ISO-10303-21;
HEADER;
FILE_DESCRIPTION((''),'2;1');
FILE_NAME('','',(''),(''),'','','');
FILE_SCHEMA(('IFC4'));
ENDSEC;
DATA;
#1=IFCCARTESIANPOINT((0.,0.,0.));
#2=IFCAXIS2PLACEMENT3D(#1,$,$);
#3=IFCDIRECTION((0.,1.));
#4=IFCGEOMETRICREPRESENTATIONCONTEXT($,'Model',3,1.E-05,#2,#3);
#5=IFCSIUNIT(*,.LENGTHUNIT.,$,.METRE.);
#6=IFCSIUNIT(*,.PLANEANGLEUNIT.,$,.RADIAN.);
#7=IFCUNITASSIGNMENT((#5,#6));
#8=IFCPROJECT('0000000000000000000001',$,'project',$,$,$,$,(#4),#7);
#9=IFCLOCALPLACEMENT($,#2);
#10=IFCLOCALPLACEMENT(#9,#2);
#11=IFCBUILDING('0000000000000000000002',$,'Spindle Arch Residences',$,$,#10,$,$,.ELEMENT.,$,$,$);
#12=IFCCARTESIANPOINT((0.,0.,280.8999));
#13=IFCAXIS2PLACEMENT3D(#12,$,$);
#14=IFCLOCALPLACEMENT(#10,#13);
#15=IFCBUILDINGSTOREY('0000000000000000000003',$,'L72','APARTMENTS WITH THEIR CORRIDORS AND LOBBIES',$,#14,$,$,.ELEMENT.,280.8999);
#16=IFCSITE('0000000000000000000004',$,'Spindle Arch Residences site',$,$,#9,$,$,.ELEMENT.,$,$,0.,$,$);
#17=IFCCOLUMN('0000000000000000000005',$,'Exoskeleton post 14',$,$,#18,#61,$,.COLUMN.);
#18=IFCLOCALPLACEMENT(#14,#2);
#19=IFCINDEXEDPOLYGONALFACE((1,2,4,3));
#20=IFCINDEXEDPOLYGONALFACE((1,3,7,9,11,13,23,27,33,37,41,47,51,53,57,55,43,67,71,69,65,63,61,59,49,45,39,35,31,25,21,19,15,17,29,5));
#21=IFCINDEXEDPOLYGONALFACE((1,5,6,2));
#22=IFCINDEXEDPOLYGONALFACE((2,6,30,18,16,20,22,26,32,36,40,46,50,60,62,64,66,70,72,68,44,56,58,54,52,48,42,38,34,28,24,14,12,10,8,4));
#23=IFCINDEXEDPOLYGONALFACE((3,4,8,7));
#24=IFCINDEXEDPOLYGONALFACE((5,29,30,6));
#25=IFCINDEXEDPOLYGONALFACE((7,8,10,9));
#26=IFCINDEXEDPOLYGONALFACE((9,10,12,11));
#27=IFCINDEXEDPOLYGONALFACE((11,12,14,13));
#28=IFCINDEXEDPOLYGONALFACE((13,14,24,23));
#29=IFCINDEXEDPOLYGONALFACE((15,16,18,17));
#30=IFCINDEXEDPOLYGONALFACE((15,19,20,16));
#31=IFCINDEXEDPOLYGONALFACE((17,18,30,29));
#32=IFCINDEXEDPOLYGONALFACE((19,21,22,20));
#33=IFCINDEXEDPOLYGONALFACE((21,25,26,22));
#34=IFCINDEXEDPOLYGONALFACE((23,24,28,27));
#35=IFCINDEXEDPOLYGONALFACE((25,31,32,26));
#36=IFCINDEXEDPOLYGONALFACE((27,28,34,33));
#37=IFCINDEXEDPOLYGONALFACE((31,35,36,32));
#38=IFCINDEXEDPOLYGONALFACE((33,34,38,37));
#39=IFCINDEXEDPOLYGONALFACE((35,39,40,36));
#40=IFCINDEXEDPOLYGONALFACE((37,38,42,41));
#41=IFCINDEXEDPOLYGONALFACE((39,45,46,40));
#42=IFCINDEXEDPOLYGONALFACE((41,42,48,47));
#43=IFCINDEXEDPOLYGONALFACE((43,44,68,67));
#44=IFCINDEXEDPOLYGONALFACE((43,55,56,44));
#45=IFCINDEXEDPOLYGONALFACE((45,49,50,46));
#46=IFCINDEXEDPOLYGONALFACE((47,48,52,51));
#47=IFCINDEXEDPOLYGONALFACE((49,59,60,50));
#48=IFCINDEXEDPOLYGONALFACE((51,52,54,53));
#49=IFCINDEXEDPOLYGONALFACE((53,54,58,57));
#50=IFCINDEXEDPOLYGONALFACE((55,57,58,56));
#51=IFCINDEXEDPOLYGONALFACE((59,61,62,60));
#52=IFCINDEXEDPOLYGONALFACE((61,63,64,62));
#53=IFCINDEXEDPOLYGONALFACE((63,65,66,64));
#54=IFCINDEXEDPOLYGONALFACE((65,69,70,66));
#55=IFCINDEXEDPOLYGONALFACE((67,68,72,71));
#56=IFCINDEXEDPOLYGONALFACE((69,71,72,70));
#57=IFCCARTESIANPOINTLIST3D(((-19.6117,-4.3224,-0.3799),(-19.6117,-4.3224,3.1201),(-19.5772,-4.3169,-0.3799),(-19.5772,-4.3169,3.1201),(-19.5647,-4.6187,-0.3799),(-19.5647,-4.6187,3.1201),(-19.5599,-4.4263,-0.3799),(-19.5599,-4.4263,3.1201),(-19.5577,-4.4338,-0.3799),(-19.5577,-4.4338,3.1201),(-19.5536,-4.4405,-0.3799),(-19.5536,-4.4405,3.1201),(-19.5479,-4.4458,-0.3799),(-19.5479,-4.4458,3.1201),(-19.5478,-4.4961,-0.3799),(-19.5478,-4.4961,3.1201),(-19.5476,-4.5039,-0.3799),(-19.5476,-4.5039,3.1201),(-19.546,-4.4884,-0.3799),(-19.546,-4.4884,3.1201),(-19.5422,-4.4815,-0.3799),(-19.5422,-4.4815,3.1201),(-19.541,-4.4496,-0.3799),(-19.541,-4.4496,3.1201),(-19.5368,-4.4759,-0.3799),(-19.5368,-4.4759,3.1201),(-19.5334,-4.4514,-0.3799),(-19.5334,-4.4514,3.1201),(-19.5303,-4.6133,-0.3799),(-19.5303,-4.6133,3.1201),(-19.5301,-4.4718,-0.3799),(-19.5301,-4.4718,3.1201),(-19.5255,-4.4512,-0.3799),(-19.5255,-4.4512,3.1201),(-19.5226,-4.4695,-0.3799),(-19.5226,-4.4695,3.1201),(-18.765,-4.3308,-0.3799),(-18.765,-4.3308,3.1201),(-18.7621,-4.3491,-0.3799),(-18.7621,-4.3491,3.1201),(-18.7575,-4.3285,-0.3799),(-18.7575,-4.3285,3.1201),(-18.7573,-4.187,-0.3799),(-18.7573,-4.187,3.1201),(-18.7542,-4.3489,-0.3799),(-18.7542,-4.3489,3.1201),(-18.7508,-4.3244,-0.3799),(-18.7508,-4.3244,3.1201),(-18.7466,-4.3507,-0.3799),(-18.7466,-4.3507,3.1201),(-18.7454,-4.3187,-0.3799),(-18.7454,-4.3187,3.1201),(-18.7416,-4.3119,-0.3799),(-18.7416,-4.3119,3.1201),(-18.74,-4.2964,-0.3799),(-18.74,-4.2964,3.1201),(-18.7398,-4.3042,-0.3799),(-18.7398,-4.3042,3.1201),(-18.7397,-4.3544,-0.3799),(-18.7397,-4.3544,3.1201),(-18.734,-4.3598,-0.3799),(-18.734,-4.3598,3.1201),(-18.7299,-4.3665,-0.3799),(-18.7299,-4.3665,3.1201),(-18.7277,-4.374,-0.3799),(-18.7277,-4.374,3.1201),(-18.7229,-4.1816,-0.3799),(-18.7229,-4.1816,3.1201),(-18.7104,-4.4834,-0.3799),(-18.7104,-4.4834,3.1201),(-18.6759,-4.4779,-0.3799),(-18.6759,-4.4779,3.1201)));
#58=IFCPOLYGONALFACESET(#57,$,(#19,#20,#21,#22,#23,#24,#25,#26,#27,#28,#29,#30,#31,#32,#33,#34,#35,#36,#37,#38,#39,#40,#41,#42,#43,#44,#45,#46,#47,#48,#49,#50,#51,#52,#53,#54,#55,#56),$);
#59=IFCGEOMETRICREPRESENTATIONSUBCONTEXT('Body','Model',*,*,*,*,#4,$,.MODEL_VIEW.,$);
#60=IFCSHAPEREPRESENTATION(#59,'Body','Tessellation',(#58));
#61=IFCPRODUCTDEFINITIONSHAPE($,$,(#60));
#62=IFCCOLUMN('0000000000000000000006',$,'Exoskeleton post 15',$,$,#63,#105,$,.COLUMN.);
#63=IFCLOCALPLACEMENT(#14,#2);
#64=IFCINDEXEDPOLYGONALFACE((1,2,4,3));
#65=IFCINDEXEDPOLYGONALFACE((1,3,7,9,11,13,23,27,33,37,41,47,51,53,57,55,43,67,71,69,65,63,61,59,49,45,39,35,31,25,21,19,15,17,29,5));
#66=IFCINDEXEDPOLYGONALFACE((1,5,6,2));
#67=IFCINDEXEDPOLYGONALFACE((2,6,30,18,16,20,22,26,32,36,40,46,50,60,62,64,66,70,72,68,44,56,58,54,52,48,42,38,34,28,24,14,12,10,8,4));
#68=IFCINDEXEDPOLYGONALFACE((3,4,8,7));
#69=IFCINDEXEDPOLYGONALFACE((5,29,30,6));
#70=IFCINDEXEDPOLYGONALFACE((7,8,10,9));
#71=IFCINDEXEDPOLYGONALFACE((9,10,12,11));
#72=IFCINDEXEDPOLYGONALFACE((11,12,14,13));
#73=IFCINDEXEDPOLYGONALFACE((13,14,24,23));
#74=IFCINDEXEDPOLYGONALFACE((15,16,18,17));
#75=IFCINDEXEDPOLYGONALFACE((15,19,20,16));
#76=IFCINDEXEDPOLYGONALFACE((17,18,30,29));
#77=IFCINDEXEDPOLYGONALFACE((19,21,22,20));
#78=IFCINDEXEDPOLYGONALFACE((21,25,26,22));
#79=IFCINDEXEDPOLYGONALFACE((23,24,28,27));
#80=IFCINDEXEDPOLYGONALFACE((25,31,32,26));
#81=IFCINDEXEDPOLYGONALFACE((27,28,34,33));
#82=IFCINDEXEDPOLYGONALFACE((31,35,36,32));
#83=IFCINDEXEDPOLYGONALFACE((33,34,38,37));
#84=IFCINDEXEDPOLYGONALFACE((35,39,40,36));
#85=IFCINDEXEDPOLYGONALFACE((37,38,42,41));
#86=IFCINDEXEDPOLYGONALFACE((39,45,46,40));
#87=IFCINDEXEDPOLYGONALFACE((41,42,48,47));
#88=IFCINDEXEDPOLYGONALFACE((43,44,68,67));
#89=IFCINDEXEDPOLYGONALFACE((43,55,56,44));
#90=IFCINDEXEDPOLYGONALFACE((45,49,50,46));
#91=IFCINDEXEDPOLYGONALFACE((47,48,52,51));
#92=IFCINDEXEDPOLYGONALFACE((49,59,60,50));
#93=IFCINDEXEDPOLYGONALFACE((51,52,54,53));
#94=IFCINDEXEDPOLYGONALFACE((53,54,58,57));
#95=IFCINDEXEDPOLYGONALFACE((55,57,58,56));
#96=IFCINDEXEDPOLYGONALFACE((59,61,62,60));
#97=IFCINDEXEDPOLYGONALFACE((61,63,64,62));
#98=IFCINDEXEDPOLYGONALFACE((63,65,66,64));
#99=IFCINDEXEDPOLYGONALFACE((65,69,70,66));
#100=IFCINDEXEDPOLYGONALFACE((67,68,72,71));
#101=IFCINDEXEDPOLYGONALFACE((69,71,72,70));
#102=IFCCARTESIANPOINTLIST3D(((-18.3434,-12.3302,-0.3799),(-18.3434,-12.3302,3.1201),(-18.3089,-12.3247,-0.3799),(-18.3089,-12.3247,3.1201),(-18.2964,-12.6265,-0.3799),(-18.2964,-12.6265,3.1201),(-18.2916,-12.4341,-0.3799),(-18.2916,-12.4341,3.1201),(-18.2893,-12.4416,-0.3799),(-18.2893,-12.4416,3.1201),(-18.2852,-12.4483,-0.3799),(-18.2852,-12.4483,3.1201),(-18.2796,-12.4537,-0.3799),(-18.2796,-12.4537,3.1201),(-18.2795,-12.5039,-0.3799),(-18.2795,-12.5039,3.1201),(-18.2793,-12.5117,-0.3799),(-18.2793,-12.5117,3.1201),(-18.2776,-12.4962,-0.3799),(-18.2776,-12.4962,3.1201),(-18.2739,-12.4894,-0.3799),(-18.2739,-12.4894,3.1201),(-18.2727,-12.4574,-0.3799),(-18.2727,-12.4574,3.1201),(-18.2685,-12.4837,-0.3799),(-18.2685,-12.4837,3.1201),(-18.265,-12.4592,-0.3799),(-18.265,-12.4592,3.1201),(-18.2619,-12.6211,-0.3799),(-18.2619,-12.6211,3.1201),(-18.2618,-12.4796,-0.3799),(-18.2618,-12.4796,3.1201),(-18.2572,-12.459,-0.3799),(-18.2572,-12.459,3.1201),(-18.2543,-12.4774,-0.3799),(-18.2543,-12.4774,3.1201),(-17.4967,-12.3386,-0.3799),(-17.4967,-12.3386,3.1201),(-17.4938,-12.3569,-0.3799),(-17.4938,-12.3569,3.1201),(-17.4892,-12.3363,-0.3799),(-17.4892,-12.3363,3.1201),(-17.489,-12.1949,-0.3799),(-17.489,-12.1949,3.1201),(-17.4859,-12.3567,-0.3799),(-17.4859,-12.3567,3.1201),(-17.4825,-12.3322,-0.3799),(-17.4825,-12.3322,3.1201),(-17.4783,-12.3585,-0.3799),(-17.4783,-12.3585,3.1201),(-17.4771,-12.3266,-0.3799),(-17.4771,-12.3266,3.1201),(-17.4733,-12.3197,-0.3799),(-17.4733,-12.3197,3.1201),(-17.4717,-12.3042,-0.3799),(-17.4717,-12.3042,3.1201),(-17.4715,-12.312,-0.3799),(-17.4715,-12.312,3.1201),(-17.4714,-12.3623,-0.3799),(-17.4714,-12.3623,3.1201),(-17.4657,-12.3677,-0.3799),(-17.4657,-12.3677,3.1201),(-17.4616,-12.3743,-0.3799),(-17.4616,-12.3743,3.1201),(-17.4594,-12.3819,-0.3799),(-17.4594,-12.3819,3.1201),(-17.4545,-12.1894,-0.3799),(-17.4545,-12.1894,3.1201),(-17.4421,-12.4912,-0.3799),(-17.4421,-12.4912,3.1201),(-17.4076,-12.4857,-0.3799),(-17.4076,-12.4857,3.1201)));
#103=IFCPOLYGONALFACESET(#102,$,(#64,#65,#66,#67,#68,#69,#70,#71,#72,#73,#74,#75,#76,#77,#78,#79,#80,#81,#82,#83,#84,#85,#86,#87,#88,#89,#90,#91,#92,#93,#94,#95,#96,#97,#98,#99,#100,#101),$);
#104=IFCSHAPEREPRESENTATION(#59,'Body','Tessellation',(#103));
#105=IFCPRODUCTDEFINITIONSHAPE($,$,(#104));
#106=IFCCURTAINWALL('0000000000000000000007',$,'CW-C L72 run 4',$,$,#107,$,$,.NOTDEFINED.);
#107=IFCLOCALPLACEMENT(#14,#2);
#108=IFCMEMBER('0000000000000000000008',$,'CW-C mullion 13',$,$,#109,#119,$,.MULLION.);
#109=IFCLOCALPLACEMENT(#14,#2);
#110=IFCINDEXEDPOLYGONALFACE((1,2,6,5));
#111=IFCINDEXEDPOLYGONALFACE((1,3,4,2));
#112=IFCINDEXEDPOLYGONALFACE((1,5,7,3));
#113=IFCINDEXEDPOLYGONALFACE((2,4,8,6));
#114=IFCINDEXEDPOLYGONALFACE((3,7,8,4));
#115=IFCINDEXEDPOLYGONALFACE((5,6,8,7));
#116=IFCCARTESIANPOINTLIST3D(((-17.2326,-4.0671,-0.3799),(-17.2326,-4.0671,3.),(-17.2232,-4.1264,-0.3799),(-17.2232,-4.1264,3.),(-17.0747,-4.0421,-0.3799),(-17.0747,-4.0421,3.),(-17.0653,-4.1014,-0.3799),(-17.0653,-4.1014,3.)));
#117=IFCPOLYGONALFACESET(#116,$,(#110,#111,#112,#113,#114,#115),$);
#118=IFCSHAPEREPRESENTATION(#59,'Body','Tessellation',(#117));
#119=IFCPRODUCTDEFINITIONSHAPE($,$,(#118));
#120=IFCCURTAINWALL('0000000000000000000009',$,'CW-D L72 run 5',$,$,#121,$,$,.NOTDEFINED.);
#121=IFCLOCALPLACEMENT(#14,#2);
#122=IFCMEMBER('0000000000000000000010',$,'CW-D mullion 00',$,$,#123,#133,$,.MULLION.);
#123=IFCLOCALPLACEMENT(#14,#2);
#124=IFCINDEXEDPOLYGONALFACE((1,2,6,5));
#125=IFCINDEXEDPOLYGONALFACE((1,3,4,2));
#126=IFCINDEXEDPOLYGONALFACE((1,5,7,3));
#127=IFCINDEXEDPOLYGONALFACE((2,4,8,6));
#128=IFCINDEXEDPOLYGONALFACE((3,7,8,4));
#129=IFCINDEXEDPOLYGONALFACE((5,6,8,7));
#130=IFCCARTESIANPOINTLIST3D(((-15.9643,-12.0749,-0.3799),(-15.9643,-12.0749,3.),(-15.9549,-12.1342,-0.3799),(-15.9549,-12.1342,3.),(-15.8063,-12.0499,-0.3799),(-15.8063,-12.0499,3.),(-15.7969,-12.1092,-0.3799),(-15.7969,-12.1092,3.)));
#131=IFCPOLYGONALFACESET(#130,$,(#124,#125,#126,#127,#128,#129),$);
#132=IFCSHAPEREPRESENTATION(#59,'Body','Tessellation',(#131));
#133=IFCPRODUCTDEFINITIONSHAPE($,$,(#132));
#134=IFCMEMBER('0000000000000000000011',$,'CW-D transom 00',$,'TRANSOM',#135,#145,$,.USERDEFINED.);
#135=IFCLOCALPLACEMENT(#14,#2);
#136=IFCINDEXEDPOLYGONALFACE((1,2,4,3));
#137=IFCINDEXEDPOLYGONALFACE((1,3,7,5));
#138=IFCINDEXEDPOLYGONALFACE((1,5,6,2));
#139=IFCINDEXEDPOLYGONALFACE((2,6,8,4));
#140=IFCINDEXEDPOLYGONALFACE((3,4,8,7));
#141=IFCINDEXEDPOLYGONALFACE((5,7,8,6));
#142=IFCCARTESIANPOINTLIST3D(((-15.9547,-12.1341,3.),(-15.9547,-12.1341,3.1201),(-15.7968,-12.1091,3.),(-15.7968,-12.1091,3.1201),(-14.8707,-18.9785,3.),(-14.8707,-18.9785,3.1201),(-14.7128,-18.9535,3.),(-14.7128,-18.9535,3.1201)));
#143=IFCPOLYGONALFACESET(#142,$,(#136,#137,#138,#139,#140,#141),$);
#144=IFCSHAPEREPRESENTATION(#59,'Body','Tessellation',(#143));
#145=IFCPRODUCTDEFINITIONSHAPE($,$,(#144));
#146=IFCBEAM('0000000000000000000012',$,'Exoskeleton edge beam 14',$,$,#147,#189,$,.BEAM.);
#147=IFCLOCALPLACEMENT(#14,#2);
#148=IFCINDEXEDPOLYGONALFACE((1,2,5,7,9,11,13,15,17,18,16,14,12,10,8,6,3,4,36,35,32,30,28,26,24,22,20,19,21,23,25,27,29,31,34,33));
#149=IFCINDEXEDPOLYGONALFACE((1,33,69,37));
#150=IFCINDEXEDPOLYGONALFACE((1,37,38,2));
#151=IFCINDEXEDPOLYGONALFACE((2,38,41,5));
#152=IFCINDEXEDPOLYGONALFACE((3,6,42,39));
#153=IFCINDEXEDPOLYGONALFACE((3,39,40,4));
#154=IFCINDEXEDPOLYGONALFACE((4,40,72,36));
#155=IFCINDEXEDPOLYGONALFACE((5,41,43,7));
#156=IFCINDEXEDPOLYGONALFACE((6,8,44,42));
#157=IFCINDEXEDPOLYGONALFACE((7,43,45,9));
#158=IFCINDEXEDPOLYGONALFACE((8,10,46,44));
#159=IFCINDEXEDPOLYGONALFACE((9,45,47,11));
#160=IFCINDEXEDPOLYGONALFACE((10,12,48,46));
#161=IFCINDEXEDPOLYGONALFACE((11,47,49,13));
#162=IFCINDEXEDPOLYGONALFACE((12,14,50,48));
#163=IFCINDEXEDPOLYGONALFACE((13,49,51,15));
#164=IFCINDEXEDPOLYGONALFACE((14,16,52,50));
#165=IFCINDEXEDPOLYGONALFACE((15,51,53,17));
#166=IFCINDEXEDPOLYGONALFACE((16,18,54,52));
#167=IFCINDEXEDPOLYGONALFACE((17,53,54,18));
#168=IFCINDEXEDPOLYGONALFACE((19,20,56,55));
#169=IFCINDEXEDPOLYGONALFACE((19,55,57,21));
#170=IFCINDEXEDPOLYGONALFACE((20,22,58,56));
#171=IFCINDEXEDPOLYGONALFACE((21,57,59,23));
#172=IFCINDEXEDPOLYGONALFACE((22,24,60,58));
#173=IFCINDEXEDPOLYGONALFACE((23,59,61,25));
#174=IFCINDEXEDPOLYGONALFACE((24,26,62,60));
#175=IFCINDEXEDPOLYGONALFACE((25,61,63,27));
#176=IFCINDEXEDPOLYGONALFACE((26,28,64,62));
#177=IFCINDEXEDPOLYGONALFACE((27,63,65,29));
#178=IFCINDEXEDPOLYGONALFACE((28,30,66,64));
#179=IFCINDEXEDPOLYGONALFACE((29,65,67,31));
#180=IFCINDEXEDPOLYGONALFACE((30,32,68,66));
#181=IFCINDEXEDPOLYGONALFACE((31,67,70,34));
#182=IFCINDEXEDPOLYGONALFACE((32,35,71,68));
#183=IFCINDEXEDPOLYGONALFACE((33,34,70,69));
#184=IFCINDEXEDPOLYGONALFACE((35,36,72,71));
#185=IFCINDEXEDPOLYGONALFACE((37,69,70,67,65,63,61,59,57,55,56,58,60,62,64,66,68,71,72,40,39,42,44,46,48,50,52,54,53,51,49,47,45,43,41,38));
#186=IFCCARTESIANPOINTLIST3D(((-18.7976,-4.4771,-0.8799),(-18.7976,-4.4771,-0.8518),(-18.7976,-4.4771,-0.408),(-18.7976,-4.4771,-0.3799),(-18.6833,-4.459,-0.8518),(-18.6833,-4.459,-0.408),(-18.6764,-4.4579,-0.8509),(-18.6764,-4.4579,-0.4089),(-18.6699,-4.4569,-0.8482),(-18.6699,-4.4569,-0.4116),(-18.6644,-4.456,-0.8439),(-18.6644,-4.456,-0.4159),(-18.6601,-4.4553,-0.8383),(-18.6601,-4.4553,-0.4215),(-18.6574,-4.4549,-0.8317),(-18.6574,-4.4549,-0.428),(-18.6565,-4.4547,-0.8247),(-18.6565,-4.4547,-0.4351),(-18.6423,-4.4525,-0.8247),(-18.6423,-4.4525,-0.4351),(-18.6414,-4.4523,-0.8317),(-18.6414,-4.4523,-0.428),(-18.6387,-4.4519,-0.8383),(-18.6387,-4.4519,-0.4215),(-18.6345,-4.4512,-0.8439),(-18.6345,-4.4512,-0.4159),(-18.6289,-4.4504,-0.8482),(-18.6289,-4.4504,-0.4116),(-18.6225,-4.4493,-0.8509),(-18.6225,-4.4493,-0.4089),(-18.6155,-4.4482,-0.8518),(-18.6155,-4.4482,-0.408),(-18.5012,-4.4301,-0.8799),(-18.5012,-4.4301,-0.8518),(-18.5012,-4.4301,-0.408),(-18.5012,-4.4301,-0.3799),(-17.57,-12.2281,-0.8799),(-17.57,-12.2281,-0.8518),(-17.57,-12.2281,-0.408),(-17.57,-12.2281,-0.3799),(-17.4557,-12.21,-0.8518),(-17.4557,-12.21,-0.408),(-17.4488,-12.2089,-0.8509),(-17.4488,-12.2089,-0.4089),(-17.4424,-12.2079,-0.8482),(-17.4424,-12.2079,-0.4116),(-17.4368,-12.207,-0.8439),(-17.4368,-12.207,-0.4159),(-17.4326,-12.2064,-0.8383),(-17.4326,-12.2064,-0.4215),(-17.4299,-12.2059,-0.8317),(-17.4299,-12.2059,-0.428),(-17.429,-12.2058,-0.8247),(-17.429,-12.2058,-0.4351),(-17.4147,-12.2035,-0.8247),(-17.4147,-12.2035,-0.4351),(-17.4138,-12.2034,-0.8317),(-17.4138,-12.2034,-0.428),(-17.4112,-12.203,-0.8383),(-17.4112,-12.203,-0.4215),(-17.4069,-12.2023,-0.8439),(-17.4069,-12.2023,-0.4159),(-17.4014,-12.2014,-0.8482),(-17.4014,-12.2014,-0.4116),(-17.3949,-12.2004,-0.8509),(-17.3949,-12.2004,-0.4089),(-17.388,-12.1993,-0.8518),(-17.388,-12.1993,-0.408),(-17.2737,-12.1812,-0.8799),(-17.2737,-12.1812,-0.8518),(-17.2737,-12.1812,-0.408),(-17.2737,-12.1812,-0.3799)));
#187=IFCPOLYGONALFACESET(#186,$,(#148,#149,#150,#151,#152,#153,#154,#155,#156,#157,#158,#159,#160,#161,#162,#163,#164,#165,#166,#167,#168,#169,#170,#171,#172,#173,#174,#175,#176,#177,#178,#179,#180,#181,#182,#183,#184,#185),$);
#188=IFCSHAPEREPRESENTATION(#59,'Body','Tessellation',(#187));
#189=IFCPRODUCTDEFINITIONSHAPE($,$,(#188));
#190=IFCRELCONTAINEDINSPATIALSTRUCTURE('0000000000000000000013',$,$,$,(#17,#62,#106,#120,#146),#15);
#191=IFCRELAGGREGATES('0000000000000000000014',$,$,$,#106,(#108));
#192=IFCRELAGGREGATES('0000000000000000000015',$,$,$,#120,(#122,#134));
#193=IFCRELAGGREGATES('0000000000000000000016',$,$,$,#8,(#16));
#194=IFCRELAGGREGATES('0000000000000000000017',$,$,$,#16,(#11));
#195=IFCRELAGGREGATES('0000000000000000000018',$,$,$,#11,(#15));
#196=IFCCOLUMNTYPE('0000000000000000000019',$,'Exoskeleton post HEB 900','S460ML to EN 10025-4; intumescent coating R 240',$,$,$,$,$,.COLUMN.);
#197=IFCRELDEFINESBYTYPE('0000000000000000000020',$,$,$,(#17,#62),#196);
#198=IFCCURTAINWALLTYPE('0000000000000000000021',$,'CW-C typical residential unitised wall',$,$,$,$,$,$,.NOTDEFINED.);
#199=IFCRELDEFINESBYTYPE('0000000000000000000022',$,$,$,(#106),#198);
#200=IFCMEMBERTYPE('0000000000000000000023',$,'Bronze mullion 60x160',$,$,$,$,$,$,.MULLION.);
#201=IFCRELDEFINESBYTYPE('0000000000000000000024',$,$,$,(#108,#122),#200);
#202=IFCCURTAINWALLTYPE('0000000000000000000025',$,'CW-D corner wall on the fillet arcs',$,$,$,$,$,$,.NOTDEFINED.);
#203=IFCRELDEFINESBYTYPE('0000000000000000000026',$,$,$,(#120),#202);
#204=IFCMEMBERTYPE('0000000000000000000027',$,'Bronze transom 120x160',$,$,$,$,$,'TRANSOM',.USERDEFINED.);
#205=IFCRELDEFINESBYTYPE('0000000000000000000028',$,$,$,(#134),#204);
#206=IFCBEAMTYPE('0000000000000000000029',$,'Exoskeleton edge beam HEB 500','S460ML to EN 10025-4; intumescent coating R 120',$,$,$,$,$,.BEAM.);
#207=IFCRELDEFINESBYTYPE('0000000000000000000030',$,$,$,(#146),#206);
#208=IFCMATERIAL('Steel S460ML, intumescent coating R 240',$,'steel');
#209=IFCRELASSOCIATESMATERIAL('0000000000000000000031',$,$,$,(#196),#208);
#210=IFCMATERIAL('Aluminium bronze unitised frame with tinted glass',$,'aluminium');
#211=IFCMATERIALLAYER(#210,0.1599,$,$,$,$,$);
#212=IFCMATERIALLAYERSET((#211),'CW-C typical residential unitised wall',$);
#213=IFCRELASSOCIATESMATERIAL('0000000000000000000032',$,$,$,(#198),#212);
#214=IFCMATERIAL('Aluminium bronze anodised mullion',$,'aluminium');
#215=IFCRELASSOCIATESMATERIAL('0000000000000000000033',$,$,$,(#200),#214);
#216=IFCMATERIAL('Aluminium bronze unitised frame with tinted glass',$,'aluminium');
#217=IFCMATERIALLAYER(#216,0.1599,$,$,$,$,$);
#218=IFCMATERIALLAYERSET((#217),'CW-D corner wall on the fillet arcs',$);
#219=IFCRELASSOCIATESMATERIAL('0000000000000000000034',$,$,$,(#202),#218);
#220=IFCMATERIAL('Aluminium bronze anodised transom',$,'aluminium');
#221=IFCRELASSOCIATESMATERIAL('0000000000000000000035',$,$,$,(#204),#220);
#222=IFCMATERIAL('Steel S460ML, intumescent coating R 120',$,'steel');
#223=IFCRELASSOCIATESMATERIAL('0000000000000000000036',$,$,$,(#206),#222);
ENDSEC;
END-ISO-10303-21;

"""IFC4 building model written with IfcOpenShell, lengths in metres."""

from ifc_helpers import new_model, si_unit, direction, frame, origin, origin_2d, place, context, subcontext, project, spatial, rectangle, i_section, extrude, material, layer, layer_set, material_profile, profile_set, type_object, element, aggregate, save


model = new_model("IFC4")

# Units and contexts
model_context = context("Model", 3, precision=1e-05, world=origin(), true_north=direction((0.0, 1.0)))
body_context = subcontext(model_context, "Body", "Model", "MODEL_VIEW")
ifc_project = project(units=[si_unit("LENGTHUNIT", "METRE"), si_unit("PLANEANGLEUNIT", "RADIAN")], contexts=[model_context])

# Site, building, storey
site_placement = place(None, origin())
site = spatial("IfcSite", under=ifc_project, at=site_placement, Name="Spindle Arch Residences site", CompositionType="ELEMENT", RefElevation=0.0)
building_placement = place(site_placement, origin())
building = spatial("IfcBuilding", under=site, at=building_placement, Name="Spindle Arch Residences", CompositionType="ELEMENT")
storey_placement = place(building_placement, frame((0.0, 0.0, 280.8999)))
storey = spatial("IfcBuildingStorey", under=building, at=storey_placement, Name="L72", Description="APARTMENTS WITH THEIR CORRIDORS AND LOBBIES", CompositionType="ELEMENT", Elevation=280.8999)

# Columns
ifc_material_1 = material(Name="Steel S460ML, intumescent coating R 240", Category="steel")
ifc_material_profile_1 = material_profile(ifc_material_1, i_section(OverallWidth=0.3, OverallDepth=0.8999, WebThickness=0.0186, FlangeThickness=0.0349, FilletRadius=0.03, at=origin_2d()), Name="HEB 900")
ifc_profile_set_1 = profile_set([ifc_material_profile_1], Name="Steel S460ML, intumescent coating R 240")
column_type = type_object("IfcColumnType", Name="Exoskeleton post HEB 900", Description="S460ML to EN 10025-4; intumescent coating R 240", PredefinedType="COLUMN", material=ifc_profile_set_1)
for number, where, z_axis, x_axis, name in (
    (1, (-19.1438, -4.4001, -0.3799), (0.0, 0.0, 1.0), (-0.156434, 0.987688, 0.0), "Exoskeleton post 14"),
    (2, (-17.8755, -12.408, -0.3799), (0.0, 0.0, 1.0), (-0.156434, 0.987688, 0.0), "Exoskeleton post 15"),
):
    element("IfcColumn", number, at=place(storey_placement, frame(where, z_axis=z_axis, x_axis=x_axis)), inside=storey, type_object=column_type, Name=name, PredefinedType="COLUMN", context=body_context, shape_type="SweptSolid", body=[
        extrude(i_section(OverallWidth=0.3, OverallDepth=0.8999, WebThickness=0.0186, FlangeThickness=0.0349, FilletRadius=0.03, at=origin_2d()), origin(), (0.0, 0.0, 1.0), 3.5),
    ])

# Curtain wall, member
ifc_material_2 = material(Name="Aluminium bronze unitised frame with tinted glass", Category="aluminium")
ifc_layer_1 = layer(ifc_material_2, 0.1599)
ifc_layer_set_1 = layer_set([ifc_layer_1], Name="CW-C typical residential unitised wall")
curtain_wall_type_1 = type_object("IfcCurtainWallType", Name="CW-C typical residential unitised wall", PredefinedType="NOTDEFINED", material=ifc_layer_set_1)
curtain_wall_1_placement = place(storey_placement, origin())
curtain_wall_1 = element("IfcCurtainWall", 3, at=curtain_wall_1_placement, inside=storey, type_object=curtain_wall_type_1, Name="CW-C L72 run 4", PredefinedType="NOTDEFINED")
ifc_material_3 = material(Name="Aluminium bronze anodised mullion", Category="aluminium")
ifc_material_profile_2 = material_profile(ifc_material_3, rectangle(XDim=0.1599, YDim=0.0601, at=origin_2d()), Name="MU 60x160")
ifc_profile_set_2 = profile_set([ifc_material_profile_2], Name="Aluminium bronze anodised mullion")
member_type_1 = type_object("IfcMemberType", Name="Bronze mullion 60x160", PredefinedType="MULLION", material=ifc_profile_set_2)
member_1_placement = place(storey_placement, frame((-17.1489, -4.0842, -0.3799), z_axis=(0.0, 0.0, 1.0), x_axis=(0.987688, 0.156434, 0.0)))
member_1 = element("IfcMember", 4, at=member_1_placement, type_object=member_type_1, Name="CW-C mullion 13", PredefinedType="MULLION", context=body_context, shape_type="SweptSolid", body=[
    extrude(rectangle(XDim=0.1599, YDim=0.0601, at=origin_2d()), origin(), (0.0, 0.0, 1.0), 3.3799),
])

# Curtain wall, members
ifc_material_4 = material(Name="Aluminium bronze unitised frame with tinted glass", Category="aluminium")
ifc_layer_2 = layer(ifc_material_4, 0.1599)
ifc_layer_set_2 = layer_set([ifc_layer_2], Name="CW-D corner wall on the fillet arcs")
curtain_wall_type_2 = type_object("IfcCurtainWallType", Name="CW-D corner wall on the fillet arcs", PredefinedType="NOTDEFINED", material=ifc_layer_set_2)
curtain_wall_2_placement = place(storey_placement, origin())
curtain_wall_2 = element("IfcCurtainWall", 5, at=curtain_wall_2_placement, inside=storey, type_object=curtain_wall_type_2, Name="CW-D L72 run 5", PredefinedType="NOTDEFINED")
member_2_placement = place(storey_placement, frame((-15.8806, -12.092, -0.3799), z_axis=(0.0, 0.0, 1.0), x_axis=(0.987688, 0.156434, 0.0)))
member_2 = element("IfcMember", 6, at=member_2_placement, type_object=member_type_1, Name="CW-D mullion 00", PredefinedType="MULLION", context=body_context, shape_type="SweptSolid", body=[
    extrude(rectangle(XDim=0.1599, YDim=0.0601, at=origin_2d()), origin(), (0.0, 0.0, 1.0), 3.3799),
])
ifc_material_5 = material(Name="Aluminium bronze anodised transom", Category="aluminium")
ifc_material_profile_3 = material_profile(ifc_material_5, rectangle(XDim=0.1599, YDim=0.1201, at=origin_2d()), Name="TR 120x160")
ifc_profile_set_3 = profile_set([ifc_material_profile_3], Name="Aluminium bronze anodised transom")
member_type_2 = type_object("IfcMemberType", Name="Bronze transom 120x160", ElementType="TRANSOM", PredefinedType="USERDEFINED", material=ifc_profile_set_3)
member_3_placement = place(storey_placement, frame((-15.8757, -12.1216, 3.0601), z_axis=(0.156424, -0.98769, 0.0), x_axis=(0.98769, 0.156424, 0.0)))
member_3 = element("IfcMember", 7, at=member_3_placement, type_object=member_type_2, Name="CW-D transom 00", ObjectType="TRANSOM", PredefinedType="USERDEFINED", context=body_context, shape_type="SweptSolid", body=[
    extrude(rectangle(XDim=0.1599, YDim=0.1201, at=origin_2d()), origin(), (0.0, 0.0, 1.0), 6.9297),
])

# Beam
ifc_material_6 = material(Name="Steel S460ML, intumescent coating R 120", Category="steel")
ifc_material_profile_4 = material_profile(ifc_material_6, i_section(OverallWidth=0.3, OverallDepth=0.5, WebThickness=0.0144, FlangeThickness=0.0281, FilletRadius=0.0271, at=origin_2d()), Name="HEB 500")
ifc_profile_set_4 = profile_set([ifc_material_profile_4], Name="Steel S460ML, intumescent coating R 120")
beam_type_1 = type_object("IfcBeamType", Name="Exoskeleton edge beam HEB 500", Description="S460ML to EN 10025-4; intumescent coating R 120", PredefinedType="BEAM", material=ifc_profile_set_4)
beam_1_placement = place(storey_placement, frame((-18.6494, -4.4536, -0.6299), z_axis=(0.156423, -0.98769, 0.0), x_axis=(0.98769, 0.156423, 0.0)))
element("IfcBeam", 8, at=beam_1_placement, inside=storey, type_object=beam_type_1, Name="Exoskeleton edge beam 14", PredefinedType="BEAM", context=body_context, shape_type="SweptSolid", body=[
    extrude(i_section(OverallWidth=0.3, OverallDepth=0.5, WebThickness=0.0144, FlangeThickness=0.0281, FilletRadius=0.0271, at=origin_2d()), origin(), (0.0, 0.0, 1.0), 7.8477),
])

aggregate(curtain_wall_1, [member_1])
aggregate(curtain_wall_2, [member_2, member_3])

save(model, "model.ifc")
